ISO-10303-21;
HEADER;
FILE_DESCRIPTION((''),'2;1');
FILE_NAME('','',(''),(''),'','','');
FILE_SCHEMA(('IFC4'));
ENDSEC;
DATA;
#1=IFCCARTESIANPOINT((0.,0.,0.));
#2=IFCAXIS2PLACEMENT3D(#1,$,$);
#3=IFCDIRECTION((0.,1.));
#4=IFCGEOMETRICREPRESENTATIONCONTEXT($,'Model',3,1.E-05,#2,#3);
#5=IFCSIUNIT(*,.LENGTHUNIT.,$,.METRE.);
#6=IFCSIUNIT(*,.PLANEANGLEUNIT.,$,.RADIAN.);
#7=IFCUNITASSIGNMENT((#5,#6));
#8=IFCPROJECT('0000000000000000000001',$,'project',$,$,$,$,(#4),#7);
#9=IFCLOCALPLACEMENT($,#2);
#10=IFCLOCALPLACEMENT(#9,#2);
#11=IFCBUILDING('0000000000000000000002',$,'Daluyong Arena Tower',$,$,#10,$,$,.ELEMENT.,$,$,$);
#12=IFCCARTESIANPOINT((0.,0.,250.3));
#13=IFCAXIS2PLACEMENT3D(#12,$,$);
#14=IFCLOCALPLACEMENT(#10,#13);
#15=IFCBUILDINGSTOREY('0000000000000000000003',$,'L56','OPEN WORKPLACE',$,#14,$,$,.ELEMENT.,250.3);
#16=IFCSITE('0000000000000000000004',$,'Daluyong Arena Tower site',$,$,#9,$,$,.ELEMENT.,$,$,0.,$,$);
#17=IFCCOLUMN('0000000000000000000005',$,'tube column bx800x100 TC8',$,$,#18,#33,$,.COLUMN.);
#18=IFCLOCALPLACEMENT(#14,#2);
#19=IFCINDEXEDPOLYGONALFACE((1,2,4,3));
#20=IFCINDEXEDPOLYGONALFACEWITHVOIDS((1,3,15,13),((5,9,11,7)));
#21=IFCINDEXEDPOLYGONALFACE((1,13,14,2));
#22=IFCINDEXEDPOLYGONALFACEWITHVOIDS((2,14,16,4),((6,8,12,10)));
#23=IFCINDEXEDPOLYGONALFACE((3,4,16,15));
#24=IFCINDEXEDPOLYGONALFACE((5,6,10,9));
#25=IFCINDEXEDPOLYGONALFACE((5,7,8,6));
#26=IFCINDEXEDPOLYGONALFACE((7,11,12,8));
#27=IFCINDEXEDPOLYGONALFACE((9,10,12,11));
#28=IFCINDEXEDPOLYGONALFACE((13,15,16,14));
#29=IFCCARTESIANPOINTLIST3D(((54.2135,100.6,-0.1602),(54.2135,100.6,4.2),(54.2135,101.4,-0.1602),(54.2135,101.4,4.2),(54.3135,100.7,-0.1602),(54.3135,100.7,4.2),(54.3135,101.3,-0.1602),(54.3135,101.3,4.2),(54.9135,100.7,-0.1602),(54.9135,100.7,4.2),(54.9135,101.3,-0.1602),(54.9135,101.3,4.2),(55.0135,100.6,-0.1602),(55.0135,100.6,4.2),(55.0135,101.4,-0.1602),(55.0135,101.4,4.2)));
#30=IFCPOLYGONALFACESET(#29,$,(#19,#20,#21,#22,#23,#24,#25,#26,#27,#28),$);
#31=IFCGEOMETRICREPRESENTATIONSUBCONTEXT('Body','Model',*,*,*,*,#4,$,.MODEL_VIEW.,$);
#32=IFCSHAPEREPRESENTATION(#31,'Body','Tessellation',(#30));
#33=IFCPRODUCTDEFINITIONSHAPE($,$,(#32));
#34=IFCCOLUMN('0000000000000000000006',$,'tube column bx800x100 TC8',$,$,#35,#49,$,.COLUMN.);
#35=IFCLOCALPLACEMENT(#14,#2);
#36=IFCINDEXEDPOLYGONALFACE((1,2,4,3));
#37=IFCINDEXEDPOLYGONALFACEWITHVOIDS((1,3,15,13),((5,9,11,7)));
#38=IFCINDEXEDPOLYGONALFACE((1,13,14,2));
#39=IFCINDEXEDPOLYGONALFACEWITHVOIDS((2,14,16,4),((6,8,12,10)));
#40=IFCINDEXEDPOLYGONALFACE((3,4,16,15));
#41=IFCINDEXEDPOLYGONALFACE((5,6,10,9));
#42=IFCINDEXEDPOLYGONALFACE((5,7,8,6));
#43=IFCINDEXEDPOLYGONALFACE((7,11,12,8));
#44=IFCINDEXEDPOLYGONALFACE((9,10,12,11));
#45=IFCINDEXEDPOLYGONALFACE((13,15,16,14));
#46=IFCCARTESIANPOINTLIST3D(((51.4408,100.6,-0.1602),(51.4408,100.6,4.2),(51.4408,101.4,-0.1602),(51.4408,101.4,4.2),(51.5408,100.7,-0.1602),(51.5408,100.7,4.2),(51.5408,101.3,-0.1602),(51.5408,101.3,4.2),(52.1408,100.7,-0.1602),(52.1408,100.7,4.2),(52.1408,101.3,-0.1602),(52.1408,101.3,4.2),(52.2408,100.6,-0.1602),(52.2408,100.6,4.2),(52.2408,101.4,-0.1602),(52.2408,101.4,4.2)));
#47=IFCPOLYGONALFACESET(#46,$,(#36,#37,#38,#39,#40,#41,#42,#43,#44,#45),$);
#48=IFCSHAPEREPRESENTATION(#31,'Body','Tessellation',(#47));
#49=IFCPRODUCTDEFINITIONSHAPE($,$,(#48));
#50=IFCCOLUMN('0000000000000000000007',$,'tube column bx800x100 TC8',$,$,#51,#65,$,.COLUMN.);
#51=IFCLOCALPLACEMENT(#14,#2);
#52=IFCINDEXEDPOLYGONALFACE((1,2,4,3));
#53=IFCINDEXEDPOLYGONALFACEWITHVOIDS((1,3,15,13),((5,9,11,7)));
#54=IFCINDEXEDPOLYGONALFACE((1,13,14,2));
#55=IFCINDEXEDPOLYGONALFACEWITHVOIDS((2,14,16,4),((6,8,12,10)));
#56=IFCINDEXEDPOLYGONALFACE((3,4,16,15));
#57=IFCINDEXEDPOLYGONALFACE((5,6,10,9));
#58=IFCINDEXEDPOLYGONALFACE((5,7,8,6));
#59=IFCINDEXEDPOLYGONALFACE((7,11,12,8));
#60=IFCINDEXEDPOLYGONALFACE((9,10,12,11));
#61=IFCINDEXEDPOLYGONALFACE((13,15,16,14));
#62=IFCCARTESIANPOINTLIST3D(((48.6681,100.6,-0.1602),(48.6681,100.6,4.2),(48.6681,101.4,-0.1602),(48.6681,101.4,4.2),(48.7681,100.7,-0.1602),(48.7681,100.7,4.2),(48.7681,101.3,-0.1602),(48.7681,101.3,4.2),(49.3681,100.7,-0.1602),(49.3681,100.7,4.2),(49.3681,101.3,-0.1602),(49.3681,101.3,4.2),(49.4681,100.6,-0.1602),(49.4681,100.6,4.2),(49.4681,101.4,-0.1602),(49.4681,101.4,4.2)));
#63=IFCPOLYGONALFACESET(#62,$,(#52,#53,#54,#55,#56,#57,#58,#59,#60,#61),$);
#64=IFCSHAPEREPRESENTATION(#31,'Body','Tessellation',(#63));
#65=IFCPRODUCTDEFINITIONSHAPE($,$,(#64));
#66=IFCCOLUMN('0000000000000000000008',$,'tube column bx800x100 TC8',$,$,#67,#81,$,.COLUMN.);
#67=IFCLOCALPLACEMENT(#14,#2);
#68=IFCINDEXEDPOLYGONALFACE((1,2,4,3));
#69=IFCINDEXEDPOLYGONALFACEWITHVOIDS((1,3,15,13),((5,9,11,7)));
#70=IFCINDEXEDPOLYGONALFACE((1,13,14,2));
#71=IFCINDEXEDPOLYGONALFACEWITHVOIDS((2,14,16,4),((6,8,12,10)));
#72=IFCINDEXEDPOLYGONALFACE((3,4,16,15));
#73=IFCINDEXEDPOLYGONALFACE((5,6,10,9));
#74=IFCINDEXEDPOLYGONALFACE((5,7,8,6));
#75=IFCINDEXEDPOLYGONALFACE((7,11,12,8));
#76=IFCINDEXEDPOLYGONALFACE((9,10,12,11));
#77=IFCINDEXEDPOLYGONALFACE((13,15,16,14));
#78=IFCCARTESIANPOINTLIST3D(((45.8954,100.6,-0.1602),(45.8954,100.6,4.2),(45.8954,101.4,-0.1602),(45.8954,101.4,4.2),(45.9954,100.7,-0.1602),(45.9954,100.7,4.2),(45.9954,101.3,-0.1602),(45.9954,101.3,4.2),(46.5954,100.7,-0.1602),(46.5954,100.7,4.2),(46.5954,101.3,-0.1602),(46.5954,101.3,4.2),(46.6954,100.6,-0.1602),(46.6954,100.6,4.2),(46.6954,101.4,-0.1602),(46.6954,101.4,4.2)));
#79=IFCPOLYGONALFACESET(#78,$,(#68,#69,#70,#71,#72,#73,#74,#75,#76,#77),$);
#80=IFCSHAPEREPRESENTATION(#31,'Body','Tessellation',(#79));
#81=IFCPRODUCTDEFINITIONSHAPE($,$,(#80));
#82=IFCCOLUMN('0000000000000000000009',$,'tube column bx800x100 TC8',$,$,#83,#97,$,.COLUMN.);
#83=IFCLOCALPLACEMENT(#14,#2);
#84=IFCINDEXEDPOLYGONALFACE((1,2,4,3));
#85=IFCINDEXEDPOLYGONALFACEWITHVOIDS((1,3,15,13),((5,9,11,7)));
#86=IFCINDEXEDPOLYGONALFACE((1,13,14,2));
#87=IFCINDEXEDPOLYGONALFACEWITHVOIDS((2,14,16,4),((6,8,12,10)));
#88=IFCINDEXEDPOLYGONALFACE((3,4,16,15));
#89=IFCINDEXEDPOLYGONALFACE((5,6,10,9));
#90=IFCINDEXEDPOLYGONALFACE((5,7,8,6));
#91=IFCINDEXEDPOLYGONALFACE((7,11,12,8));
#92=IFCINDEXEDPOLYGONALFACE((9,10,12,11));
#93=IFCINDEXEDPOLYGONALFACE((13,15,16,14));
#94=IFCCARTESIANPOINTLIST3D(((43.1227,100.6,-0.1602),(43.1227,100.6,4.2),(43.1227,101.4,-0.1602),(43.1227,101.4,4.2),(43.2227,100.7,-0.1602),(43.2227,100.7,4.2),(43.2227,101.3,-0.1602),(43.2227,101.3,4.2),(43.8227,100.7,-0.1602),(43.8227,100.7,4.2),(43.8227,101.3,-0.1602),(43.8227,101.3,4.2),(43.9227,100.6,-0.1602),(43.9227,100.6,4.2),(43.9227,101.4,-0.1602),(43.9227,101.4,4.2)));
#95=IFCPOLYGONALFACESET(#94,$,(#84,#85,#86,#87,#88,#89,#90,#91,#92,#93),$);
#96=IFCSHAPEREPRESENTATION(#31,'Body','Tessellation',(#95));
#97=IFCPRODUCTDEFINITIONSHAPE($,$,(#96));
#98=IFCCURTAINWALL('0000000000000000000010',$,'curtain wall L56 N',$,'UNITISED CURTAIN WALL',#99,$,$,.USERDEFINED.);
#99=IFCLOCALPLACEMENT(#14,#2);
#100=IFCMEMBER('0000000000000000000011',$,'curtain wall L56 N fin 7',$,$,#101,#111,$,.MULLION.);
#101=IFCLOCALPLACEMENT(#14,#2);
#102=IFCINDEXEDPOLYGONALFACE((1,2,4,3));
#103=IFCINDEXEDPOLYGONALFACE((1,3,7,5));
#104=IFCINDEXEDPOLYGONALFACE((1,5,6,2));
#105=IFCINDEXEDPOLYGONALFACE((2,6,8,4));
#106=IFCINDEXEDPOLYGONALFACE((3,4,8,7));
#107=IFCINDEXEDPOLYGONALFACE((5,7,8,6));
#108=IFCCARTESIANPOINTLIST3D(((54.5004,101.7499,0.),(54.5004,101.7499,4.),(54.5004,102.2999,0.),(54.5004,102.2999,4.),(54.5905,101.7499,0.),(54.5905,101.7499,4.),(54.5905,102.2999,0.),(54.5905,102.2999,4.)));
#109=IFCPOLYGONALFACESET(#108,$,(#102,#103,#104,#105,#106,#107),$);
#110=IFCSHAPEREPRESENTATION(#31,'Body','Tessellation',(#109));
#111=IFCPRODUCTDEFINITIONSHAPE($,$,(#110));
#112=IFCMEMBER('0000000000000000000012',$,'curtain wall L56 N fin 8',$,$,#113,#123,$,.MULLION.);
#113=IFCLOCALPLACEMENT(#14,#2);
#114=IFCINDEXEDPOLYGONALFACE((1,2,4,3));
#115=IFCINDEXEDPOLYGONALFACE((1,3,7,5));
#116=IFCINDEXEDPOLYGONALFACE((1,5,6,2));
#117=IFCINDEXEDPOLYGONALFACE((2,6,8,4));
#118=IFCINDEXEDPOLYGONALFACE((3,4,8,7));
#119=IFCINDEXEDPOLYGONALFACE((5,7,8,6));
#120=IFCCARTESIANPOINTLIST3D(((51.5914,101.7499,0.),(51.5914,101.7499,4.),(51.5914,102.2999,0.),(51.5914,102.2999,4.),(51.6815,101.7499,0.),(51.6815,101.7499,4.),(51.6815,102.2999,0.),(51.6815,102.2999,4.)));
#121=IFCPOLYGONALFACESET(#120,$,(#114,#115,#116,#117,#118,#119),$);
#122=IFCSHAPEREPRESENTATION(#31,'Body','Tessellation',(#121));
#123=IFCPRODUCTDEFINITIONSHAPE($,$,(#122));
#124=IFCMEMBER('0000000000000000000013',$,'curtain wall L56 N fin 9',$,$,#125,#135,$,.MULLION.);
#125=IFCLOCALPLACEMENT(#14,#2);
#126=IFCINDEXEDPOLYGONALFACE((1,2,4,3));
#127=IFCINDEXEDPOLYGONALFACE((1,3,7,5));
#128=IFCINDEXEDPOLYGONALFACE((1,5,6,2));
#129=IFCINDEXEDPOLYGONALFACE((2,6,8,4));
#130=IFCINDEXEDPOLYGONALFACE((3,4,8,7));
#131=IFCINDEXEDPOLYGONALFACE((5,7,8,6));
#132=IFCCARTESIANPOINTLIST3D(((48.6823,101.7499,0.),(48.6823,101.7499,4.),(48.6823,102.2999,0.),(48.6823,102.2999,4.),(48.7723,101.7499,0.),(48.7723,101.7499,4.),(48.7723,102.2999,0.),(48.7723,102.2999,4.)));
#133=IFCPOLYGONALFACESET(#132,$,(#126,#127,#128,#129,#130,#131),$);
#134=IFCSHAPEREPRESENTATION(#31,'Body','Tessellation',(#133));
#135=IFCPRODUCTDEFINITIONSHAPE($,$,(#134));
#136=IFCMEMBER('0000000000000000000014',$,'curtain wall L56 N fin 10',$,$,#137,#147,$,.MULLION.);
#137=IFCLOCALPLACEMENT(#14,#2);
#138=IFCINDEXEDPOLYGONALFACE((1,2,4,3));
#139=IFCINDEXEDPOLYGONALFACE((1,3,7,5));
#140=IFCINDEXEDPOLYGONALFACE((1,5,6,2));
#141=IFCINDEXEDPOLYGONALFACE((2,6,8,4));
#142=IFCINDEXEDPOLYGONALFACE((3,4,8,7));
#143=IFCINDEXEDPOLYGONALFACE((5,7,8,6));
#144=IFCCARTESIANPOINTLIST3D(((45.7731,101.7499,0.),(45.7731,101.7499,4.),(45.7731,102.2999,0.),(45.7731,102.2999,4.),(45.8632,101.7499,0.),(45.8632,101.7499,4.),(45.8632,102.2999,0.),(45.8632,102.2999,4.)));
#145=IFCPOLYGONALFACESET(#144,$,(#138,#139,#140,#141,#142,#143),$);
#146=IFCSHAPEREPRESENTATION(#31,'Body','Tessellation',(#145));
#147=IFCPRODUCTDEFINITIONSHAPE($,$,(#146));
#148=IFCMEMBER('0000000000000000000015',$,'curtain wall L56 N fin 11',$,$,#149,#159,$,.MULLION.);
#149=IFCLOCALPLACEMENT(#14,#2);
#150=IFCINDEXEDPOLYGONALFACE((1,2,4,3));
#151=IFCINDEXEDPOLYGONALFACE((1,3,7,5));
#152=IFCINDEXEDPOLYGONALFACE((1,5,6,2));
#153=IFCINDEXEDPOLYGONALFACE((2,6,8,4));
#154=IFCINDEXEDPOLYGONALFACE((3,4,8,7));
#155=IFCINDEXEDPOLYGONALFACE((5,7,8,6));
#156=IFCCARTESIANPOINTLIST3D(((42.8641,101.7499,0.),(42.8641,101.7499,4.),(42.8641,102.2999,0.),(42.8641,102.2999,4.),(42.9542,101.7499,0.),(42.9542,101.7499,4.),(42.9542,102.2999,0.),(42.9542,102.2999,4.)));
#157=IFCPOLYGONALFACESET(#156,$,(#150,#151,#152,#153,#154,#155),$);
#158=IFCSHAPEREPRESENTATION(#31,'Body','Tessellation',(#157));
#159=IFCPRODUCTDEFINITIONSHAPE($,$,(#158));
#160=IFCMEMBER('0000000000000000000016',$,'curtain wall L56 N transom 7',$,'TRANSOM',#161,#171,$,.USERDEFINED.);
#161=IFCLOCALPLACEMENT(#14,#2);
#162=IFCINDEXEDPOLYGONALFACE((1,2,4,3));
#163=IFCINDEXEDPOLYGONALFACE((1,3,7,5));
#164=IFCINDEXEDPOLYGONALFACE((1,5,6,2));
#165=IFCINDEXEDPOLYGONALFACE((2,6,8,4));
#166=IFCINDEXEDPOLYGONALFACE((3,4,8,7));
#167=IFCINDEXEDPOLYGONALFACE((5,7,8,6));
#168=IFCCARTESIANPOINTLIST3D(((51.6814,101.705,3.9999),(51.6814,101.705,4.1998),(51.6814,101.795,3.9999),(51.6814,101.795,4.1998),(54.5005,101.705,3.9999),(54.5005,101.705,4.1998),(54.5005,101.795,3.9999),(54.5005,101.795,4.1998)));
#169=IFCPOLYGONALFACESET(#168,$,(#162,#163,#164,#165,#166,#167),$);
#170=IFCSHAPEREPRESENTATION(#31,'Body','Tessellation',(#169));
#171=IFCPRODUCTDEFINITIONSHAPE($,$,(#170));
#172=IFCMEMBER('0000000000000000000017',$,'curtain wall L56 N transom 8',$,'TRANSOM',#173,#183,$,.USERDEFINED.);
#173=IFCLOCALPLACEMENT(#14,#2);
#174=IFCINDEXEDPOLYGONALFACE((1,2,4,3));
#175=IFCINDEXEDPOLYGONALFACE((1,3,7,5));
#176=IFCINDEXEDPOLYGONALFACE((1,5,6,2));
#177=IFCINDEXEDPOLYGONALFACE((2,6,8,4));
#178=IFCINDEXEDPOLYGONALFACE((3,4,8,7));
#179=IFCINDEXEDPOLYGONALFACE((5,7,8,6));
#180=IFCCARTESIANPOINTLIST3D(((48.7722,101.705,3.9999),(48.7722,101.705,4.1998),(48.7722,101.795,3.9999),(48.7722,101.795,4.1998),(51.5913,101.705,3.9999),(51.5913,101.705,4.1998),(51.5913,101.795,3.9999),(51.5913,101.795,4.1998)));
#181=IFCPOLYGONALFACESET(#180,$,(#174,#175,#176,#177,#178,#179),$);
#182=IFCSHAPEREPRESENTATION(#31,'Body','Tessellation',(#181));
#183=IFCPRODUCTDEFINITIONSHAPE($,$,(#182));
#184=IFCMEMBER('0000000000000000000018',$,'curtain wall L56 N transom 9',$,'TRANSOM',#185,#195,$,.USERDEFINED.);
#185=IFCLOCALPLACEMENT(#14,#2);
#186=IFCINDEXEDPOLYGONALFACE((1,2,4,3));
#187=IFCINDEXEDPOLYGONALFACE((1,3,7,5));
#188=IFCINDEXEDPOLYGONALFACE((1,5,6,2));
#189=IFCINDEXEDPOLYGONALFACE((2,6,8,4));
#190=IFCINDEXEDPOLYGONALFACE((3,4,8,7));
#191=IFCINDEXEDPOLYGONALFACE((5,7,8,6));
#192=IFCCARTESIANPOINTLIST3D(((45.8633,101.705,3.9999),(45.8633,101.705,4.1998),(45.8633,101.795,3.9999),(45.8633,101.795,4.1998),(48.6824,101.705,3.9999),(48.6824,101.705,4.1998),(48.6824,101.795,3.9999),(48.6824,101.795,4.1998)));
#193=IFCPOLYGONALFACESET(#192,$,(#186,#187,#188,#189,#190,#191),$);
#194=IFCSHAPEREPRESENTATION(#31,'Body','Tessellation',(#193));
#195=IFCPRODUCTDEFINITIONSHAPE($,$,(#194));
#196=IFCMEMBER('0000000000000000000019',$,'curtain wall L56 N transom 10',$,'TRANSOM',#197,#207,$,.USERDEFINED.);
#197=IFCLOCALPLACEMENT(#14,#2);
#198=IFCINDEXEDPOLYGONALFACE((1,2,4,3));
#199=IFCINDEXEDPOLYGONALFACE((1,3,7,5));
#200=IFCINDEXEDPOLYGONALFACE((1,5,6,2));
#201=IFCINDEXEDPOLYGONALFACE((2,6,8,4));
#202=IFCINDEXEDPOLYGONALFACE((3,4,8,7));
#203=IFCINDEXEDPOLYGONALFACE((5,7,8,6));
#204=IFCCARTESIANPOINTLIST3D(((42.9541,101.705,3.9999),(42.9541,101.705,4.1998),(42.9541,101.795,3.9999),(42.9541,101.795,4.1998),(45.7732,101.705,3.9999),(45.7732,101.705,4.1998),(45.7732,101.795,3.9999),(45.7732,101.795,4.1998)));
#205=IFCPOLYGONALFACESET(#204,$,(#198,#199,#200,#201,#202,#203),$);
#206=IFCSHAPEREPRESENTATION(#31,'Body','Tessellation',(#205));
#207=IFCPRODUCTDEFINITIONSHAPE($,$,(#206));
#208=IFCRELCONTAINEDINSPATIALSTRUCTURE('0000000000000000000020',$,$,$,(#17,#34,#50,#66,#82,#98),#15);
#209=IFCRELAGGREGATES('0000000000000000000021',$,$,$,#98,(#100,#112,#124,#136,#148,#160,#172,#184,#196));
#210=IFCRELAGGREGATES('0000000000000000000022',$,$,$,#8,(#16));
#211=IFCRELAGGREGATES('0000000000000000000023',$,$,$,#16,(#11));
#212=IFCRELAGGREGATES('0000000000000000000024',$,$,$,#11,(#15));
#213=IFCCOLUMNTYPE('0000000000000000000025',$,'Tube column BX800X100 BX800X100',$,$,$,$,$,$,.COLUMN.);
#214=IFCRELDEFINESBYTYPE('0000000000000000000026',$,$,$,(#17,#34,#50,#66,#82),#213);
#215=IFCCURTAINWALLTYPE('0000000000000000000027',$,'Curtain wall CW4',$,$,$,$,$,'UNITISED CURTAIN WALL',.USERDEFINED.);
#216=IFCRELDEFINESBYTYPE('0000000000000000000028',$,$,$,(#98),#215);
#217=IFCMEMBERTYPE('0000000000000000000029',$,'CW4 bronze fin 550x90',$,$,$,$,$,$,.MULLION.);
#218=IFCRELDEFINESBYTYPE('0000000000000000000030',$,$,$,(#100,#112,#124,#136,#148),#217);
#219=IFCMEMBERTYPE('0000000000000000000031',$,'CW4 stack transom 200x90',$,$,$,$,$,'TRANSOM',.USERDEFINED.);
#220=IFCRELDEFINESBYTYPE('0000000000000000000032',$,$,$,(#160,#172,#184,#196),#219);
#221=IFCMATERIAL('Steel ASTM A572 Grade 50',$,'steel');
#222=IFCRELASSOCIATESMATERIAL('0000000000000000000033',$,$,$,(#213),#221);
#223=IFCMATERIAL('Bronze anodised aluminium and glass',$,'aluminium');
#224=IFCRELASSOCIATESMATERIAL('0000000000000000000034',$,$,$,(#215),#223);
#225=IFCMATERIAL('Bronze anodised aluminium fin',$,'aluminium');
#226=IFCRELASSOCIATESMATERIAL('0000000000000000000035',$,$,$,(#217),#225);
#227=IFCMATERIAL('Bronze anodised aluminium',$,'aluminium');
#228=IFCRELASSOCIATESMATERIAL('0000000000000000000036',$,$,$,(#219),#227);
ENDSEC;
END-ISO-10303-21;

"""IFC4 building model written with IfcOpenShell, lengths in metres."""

from ifc_helpers import new_model, si_unit, direction, frame, origin, origin_2d, place, context, subcontext, project, spatial, rectangle, hollow_rectangle, extrude, material, material_profile, profile_set, type_object, element, aggregate, save


model = new_model("IFC4")

# Units and contexts
model_context = context("Model", 3, precision=1e-05, world=origin(), true_north=direction((0.0, 1.0)))
body_context = subcontext(model_context, "Body", "Model", "MODEL_VIEW")
ifc_project = project(units=[si_unit("LENGTHUNIT", "METRE"), si_unit("PLANEANGLEUNIT", "RADIAN")], contexts=[model_context])

# Site, building, storey
site_placement = place(None, origin())
site = spatial("IfcSite", under=ifc_project, at=site_placement, Name="Daluyong Arena Tower site", CompositionType="ELEMENT", RefElevation=0.0)
building_placement = place(site_placement, origin())
building = spatial("IfcBuilding", under=site, at=building_placement, Name="Daluyong Arena Tower", CompositionType="ELEMENT")
storey_placement = place(building_placement, frame((0.0, 0.0, 250.3)))
storey = spatial("IfcBuildingStorey", under=building, at=storey_placement, Name="L56", Description="OPEN WORKPLACE", CompositionType="ELEMENT", Elevation=250.3)

# Columns
ifc_material_1 = material(Name="Steel ASTM A572 Grade 50", Category="steel")
ifc_material_profile_1 = material_profile(ifc_material_1, hollow_rectangle(XDim=0.8, YDim=0.8, WallThickness=0.1, at=origin_2d()))
ifc_profile_set_1 = profile_set([ifc_material_profile_1], Name="Steel ASTM A572 Grade 50")
column_type = type_object("IfcColumnType", Name="Tube column BX800X100 BX800X100", PredefinedType="COLUMN", material=ifc_profile_set_1)
for number, where, z_axis, x_axis, name in (
    (1, (54.6135, 101.0, -0.1602), (0.0, 0.0, 1.0), (1.0, 0.0, 0.0), "tube column bx800x100 TC8"),
    (2, (51.8408, 101.0, -0.1602), (0.0, 0.0, 1.0), (1.0, 0.0, 0.0), "tube column bx800x100 TC8"),
    (3, (49.0681, 101.0, -0.1602), (0.0, 0.0, 1.0), (1.0, 0.0, 0.0), "tube column bx800x100 TC8"),
    (4, (46.2954, 101.0, -0.1602), (0.0, 0.0, 1.0), (1.0, 0.0, 0.0), "tube column bx800x100 TC8"),
    (5, (43.5227, 101.0, -0.1602), (0.0, 0.0, 1.0), (1.0, 0.0, 0.0), "tube column bx800x100 TC8"),
):
    element("IfcColumn", number, at=place(storey_placement, frame(where, z_axis=z_axis, x_axis=x_axis)), inside=storey, type_object=column_type, Name=name, PredefinedType="COLUMN", context=body_context, shape_type="SweptSolid", body=[
        extrude(hollow_rectangle(XDim=0.8, YDim=0.8, WallThickness=0.1, at=origin_2d()), origin(), (0.0, 0.0, 1.0), 4.3601),
    ])

# Curtain wall, members
ifc_material_2 = material(Name="Bronze anodised aluminium and glass", Category="aluminium")
curtain_wall_type = type_object("IfcCurtainWallType", Name="Curtain wall CW4", ElementType="UNITISED CURTAIN WALL", PredefinedType="USERDEFINED", material=ifc_material_2)
curtain_wall_placement = place(storey_placement, origin())
curtain_wall = element("IfcCurtainWall", 6, at=curtain_wall_placement, inside=storey, type_object=curtain_wall_type, Name="curtain wall L56 N", ObjectType="UNITISED CURTAIN WALL", PredefinedType="USERDEFINED")
ifc_material_3 = material(Name="Bronze anodised aluminium fin", Category="aluminium")
ifc_material_profile_2 = material_profile(ifc_material_3, rectangle(XDim=0.55, YDim=0.0901, at=origin_2d()))
ifc_profile_set_2 = profile_set([ifc_material_profile_2], Name="Bronze anodised aluminium fin")
member_type_1 = type_object("IfcMemberType", Name="CW4 bronze fin 550x90", PredefinedType="MULLION", material=ifc_profile_set_2)
member_1_placement = place(storey_placement, frame((54.5454, 102.0249, 0.0), z_axis=(0.0, 0.0, 1.0), x_axis=(0.0, -1.0, 0.0)))
member_1 = element("IfcMember", 7, at=member_1_placement, type_object=member_type_1, Name="curtain wall L56 N fin 7", PredefinedType="MULLION", context=body_context, shape_type="SweptSolid", body=[
    extrude(rectangle(XDim=0.55, YDim=0.0901, at=origin_2d()), origin(), (0.0, 0.0, 1.0), 4.0),
])
member_2_placement = place(storey_placement, frame((51.6365, 102.0249, 0.0), z_axis=(0.0, 0.0, 1.0), x_axis=(0.0, -1.0, 0.0)))
member_2 = element("IfcMember", 8, at=member_2_placement, type_object=member_type_1, Name="curtain wall L56 N fin 8", PredefinedType="MULLION", context=body_context, shape_type="SweptSolid", body=[
    extrude(rectangle(XDim=0.55, YDim=0.0901, at=origin_2d()), origin(), (0.0, 0.0, 1.0), 4.0),
])
member_3_placement = place(storey_placement, frame((48.7273, 102.0249, 0.0), z_axis=(0.0, 0.0, 1.0), x_axis=(0.0, -1.0, 0.0)))
member_3 = element("IfcMember", 9, at=member_3_placement, type_object=member_type_1, Name="curtain wall L56 N fin 9", PredefinedType="MULLION", context=body_context, shape_type="SweptSolid", body=[
    extrude(rectangle(XDim=0.55, YDim=0.0901, at=origin_2d()), origin(), (0.0, 0.0, 1.0), 4.0),
])
member_4_placement = place(storey_placement, frame((45.8181, 102.0249, 0.0), z_axis=(0.0, 0.0, 1.0), x_axis=(0.0, -1.0, 0.0)))
member_4 = element("IfcMember", 10, at=member_4_placement, type_object=member_type_1, Name="curtain wall L56 N fin 10", PredefinedType="MULLION", context=body_context, shape_type="SweptSolid", body=[
    extrude(rectangle(XDim=0.55, YDim=0.0901, at=origin_2d()), origin(), (0.0, 0.0, 1.0), 4.0),
])
member_5_placement = place(storey_placement, frame((42.9092, 102.0249, 0.0), z_axis=(0.0, 0.0, 1.0), x_axis=(0.0, -1.0, 0.0)))
member_5 = element("IfcMember", 11, at=member_5_placement, type_object=member_type_1, Name="curtain wall L56 N fin 11", PredefinedType="MULLION", context=body_context, shape_type="SweptSolid", body=[
    extrude(rectangle(XDim=0.55, YDim=0.0901, at=origin_2d()), origin(), (0.0, 0.0, 1.0), 4.0),
])
ifc_material_4 = material(Name="Bronze anodised aluminium", Category="aluminium")
ifc_material_profile_3 = material_profile(ifc_material_4, rectangle(XDim=0.0901, YDim=0.2, at=origin_2d()))
ifc_profile_set_3 = profile_set([ifc_material_profile_3], Name="Bronze anodised aluminium")
member_type_2 = type_object("IfcMemberType", Name="CW4 stack transom 200x90", ElementType="TRANSOM", PredefinedType="USERDEFINED", material=ifc_profile_set_3)
member_6_placement = place(storey_placement, frame((54.5005, 101.75, 4.0999), z_axis=(-1.0, 0.0, 0.0), x_axis=(0.0, -1.0, 0.0)))
member_6 = element("IfcMember", 12, at=member_6_placement, type_object=member_type_2, Name="curtain wall L56 N transom 7", ObjectType="TRANSOM", PredefinedType="USERDEFINED", context=body_context, shape_type="SweptSolid", body=[
    extrude(rectangle(XDim=0.0901, YDim=0.2, at=origin_2d()), origin(), (0.0, 0.0, 1.0), 2.8191),
])
member_7_placement = place(storey_placement, frame((51.5913, 101.75, 4.0999), z_axis=(-1.0, 0.0, 0.0), x_axis=(0.0, -1.0, 0.0)))
member_7 = element("IfcMember", 13, at=member_7_placement, type_object=member_type_2, Name="curtain wall L56 N transom 8", ObjectType="TRANSOM", PredefinedType="USERDEFINED", context=body_context, shape_type="SweptSolid", body=[
    extrude(rectangle(XDim=0.0901, YDim=0.2, at=origin_2d()), origin(), (0.0, 0.0, 1.0), 2.8191),
])
member_8_placement = place(storey_placement, frame((48.6824, 101.75, 4.0999), z_axis=(-1.0, 0.0, 0.0), x_axis=(0.0, -1.0, 0.0)))
member_8 = element("IfcMember", 14, at=member_8_placement, type_object=member_type_2, Name="curtain wall L56 N transom 9", ObjectType="TRANSOM", PredefinedType="USERDEFINED", context=body_context, shape_type="SweptSolid", body=[
    extrude(rectangle(XDim=0.0901, YDim=0.2, at=origin_2d()), origin(), (0.0, 0.0, 1.0), 2.8191),
])
member_9_placement = place(storey_placement, frame((45.7732, 101.75, 4.0999), z_axis=(-1.0, 0.0, 0.0), x_axis=(0.0, -1.0, 0.0)))
member_9 = element("IfcMember", 15, at=member_9_placement, type_object=member_type_2, Name="curtain wall L56 N transom 10", ObjectType="TRANSOM", PredefinedType="USERDEFINED", context=body_context, shape_type="SweptSolid", body=[
    extrude(rectangle(XDim=0.0901, YDim=0.2, at=origin_2d()), origin(), (0.0, 0.0, 1.0), 2.8191),
])

aggregate(curtain_wall, [member_1, member_2, member_3, member_4, member_5, member_6, member_7, member_8, member_9])

save(model, "model.ifc")
